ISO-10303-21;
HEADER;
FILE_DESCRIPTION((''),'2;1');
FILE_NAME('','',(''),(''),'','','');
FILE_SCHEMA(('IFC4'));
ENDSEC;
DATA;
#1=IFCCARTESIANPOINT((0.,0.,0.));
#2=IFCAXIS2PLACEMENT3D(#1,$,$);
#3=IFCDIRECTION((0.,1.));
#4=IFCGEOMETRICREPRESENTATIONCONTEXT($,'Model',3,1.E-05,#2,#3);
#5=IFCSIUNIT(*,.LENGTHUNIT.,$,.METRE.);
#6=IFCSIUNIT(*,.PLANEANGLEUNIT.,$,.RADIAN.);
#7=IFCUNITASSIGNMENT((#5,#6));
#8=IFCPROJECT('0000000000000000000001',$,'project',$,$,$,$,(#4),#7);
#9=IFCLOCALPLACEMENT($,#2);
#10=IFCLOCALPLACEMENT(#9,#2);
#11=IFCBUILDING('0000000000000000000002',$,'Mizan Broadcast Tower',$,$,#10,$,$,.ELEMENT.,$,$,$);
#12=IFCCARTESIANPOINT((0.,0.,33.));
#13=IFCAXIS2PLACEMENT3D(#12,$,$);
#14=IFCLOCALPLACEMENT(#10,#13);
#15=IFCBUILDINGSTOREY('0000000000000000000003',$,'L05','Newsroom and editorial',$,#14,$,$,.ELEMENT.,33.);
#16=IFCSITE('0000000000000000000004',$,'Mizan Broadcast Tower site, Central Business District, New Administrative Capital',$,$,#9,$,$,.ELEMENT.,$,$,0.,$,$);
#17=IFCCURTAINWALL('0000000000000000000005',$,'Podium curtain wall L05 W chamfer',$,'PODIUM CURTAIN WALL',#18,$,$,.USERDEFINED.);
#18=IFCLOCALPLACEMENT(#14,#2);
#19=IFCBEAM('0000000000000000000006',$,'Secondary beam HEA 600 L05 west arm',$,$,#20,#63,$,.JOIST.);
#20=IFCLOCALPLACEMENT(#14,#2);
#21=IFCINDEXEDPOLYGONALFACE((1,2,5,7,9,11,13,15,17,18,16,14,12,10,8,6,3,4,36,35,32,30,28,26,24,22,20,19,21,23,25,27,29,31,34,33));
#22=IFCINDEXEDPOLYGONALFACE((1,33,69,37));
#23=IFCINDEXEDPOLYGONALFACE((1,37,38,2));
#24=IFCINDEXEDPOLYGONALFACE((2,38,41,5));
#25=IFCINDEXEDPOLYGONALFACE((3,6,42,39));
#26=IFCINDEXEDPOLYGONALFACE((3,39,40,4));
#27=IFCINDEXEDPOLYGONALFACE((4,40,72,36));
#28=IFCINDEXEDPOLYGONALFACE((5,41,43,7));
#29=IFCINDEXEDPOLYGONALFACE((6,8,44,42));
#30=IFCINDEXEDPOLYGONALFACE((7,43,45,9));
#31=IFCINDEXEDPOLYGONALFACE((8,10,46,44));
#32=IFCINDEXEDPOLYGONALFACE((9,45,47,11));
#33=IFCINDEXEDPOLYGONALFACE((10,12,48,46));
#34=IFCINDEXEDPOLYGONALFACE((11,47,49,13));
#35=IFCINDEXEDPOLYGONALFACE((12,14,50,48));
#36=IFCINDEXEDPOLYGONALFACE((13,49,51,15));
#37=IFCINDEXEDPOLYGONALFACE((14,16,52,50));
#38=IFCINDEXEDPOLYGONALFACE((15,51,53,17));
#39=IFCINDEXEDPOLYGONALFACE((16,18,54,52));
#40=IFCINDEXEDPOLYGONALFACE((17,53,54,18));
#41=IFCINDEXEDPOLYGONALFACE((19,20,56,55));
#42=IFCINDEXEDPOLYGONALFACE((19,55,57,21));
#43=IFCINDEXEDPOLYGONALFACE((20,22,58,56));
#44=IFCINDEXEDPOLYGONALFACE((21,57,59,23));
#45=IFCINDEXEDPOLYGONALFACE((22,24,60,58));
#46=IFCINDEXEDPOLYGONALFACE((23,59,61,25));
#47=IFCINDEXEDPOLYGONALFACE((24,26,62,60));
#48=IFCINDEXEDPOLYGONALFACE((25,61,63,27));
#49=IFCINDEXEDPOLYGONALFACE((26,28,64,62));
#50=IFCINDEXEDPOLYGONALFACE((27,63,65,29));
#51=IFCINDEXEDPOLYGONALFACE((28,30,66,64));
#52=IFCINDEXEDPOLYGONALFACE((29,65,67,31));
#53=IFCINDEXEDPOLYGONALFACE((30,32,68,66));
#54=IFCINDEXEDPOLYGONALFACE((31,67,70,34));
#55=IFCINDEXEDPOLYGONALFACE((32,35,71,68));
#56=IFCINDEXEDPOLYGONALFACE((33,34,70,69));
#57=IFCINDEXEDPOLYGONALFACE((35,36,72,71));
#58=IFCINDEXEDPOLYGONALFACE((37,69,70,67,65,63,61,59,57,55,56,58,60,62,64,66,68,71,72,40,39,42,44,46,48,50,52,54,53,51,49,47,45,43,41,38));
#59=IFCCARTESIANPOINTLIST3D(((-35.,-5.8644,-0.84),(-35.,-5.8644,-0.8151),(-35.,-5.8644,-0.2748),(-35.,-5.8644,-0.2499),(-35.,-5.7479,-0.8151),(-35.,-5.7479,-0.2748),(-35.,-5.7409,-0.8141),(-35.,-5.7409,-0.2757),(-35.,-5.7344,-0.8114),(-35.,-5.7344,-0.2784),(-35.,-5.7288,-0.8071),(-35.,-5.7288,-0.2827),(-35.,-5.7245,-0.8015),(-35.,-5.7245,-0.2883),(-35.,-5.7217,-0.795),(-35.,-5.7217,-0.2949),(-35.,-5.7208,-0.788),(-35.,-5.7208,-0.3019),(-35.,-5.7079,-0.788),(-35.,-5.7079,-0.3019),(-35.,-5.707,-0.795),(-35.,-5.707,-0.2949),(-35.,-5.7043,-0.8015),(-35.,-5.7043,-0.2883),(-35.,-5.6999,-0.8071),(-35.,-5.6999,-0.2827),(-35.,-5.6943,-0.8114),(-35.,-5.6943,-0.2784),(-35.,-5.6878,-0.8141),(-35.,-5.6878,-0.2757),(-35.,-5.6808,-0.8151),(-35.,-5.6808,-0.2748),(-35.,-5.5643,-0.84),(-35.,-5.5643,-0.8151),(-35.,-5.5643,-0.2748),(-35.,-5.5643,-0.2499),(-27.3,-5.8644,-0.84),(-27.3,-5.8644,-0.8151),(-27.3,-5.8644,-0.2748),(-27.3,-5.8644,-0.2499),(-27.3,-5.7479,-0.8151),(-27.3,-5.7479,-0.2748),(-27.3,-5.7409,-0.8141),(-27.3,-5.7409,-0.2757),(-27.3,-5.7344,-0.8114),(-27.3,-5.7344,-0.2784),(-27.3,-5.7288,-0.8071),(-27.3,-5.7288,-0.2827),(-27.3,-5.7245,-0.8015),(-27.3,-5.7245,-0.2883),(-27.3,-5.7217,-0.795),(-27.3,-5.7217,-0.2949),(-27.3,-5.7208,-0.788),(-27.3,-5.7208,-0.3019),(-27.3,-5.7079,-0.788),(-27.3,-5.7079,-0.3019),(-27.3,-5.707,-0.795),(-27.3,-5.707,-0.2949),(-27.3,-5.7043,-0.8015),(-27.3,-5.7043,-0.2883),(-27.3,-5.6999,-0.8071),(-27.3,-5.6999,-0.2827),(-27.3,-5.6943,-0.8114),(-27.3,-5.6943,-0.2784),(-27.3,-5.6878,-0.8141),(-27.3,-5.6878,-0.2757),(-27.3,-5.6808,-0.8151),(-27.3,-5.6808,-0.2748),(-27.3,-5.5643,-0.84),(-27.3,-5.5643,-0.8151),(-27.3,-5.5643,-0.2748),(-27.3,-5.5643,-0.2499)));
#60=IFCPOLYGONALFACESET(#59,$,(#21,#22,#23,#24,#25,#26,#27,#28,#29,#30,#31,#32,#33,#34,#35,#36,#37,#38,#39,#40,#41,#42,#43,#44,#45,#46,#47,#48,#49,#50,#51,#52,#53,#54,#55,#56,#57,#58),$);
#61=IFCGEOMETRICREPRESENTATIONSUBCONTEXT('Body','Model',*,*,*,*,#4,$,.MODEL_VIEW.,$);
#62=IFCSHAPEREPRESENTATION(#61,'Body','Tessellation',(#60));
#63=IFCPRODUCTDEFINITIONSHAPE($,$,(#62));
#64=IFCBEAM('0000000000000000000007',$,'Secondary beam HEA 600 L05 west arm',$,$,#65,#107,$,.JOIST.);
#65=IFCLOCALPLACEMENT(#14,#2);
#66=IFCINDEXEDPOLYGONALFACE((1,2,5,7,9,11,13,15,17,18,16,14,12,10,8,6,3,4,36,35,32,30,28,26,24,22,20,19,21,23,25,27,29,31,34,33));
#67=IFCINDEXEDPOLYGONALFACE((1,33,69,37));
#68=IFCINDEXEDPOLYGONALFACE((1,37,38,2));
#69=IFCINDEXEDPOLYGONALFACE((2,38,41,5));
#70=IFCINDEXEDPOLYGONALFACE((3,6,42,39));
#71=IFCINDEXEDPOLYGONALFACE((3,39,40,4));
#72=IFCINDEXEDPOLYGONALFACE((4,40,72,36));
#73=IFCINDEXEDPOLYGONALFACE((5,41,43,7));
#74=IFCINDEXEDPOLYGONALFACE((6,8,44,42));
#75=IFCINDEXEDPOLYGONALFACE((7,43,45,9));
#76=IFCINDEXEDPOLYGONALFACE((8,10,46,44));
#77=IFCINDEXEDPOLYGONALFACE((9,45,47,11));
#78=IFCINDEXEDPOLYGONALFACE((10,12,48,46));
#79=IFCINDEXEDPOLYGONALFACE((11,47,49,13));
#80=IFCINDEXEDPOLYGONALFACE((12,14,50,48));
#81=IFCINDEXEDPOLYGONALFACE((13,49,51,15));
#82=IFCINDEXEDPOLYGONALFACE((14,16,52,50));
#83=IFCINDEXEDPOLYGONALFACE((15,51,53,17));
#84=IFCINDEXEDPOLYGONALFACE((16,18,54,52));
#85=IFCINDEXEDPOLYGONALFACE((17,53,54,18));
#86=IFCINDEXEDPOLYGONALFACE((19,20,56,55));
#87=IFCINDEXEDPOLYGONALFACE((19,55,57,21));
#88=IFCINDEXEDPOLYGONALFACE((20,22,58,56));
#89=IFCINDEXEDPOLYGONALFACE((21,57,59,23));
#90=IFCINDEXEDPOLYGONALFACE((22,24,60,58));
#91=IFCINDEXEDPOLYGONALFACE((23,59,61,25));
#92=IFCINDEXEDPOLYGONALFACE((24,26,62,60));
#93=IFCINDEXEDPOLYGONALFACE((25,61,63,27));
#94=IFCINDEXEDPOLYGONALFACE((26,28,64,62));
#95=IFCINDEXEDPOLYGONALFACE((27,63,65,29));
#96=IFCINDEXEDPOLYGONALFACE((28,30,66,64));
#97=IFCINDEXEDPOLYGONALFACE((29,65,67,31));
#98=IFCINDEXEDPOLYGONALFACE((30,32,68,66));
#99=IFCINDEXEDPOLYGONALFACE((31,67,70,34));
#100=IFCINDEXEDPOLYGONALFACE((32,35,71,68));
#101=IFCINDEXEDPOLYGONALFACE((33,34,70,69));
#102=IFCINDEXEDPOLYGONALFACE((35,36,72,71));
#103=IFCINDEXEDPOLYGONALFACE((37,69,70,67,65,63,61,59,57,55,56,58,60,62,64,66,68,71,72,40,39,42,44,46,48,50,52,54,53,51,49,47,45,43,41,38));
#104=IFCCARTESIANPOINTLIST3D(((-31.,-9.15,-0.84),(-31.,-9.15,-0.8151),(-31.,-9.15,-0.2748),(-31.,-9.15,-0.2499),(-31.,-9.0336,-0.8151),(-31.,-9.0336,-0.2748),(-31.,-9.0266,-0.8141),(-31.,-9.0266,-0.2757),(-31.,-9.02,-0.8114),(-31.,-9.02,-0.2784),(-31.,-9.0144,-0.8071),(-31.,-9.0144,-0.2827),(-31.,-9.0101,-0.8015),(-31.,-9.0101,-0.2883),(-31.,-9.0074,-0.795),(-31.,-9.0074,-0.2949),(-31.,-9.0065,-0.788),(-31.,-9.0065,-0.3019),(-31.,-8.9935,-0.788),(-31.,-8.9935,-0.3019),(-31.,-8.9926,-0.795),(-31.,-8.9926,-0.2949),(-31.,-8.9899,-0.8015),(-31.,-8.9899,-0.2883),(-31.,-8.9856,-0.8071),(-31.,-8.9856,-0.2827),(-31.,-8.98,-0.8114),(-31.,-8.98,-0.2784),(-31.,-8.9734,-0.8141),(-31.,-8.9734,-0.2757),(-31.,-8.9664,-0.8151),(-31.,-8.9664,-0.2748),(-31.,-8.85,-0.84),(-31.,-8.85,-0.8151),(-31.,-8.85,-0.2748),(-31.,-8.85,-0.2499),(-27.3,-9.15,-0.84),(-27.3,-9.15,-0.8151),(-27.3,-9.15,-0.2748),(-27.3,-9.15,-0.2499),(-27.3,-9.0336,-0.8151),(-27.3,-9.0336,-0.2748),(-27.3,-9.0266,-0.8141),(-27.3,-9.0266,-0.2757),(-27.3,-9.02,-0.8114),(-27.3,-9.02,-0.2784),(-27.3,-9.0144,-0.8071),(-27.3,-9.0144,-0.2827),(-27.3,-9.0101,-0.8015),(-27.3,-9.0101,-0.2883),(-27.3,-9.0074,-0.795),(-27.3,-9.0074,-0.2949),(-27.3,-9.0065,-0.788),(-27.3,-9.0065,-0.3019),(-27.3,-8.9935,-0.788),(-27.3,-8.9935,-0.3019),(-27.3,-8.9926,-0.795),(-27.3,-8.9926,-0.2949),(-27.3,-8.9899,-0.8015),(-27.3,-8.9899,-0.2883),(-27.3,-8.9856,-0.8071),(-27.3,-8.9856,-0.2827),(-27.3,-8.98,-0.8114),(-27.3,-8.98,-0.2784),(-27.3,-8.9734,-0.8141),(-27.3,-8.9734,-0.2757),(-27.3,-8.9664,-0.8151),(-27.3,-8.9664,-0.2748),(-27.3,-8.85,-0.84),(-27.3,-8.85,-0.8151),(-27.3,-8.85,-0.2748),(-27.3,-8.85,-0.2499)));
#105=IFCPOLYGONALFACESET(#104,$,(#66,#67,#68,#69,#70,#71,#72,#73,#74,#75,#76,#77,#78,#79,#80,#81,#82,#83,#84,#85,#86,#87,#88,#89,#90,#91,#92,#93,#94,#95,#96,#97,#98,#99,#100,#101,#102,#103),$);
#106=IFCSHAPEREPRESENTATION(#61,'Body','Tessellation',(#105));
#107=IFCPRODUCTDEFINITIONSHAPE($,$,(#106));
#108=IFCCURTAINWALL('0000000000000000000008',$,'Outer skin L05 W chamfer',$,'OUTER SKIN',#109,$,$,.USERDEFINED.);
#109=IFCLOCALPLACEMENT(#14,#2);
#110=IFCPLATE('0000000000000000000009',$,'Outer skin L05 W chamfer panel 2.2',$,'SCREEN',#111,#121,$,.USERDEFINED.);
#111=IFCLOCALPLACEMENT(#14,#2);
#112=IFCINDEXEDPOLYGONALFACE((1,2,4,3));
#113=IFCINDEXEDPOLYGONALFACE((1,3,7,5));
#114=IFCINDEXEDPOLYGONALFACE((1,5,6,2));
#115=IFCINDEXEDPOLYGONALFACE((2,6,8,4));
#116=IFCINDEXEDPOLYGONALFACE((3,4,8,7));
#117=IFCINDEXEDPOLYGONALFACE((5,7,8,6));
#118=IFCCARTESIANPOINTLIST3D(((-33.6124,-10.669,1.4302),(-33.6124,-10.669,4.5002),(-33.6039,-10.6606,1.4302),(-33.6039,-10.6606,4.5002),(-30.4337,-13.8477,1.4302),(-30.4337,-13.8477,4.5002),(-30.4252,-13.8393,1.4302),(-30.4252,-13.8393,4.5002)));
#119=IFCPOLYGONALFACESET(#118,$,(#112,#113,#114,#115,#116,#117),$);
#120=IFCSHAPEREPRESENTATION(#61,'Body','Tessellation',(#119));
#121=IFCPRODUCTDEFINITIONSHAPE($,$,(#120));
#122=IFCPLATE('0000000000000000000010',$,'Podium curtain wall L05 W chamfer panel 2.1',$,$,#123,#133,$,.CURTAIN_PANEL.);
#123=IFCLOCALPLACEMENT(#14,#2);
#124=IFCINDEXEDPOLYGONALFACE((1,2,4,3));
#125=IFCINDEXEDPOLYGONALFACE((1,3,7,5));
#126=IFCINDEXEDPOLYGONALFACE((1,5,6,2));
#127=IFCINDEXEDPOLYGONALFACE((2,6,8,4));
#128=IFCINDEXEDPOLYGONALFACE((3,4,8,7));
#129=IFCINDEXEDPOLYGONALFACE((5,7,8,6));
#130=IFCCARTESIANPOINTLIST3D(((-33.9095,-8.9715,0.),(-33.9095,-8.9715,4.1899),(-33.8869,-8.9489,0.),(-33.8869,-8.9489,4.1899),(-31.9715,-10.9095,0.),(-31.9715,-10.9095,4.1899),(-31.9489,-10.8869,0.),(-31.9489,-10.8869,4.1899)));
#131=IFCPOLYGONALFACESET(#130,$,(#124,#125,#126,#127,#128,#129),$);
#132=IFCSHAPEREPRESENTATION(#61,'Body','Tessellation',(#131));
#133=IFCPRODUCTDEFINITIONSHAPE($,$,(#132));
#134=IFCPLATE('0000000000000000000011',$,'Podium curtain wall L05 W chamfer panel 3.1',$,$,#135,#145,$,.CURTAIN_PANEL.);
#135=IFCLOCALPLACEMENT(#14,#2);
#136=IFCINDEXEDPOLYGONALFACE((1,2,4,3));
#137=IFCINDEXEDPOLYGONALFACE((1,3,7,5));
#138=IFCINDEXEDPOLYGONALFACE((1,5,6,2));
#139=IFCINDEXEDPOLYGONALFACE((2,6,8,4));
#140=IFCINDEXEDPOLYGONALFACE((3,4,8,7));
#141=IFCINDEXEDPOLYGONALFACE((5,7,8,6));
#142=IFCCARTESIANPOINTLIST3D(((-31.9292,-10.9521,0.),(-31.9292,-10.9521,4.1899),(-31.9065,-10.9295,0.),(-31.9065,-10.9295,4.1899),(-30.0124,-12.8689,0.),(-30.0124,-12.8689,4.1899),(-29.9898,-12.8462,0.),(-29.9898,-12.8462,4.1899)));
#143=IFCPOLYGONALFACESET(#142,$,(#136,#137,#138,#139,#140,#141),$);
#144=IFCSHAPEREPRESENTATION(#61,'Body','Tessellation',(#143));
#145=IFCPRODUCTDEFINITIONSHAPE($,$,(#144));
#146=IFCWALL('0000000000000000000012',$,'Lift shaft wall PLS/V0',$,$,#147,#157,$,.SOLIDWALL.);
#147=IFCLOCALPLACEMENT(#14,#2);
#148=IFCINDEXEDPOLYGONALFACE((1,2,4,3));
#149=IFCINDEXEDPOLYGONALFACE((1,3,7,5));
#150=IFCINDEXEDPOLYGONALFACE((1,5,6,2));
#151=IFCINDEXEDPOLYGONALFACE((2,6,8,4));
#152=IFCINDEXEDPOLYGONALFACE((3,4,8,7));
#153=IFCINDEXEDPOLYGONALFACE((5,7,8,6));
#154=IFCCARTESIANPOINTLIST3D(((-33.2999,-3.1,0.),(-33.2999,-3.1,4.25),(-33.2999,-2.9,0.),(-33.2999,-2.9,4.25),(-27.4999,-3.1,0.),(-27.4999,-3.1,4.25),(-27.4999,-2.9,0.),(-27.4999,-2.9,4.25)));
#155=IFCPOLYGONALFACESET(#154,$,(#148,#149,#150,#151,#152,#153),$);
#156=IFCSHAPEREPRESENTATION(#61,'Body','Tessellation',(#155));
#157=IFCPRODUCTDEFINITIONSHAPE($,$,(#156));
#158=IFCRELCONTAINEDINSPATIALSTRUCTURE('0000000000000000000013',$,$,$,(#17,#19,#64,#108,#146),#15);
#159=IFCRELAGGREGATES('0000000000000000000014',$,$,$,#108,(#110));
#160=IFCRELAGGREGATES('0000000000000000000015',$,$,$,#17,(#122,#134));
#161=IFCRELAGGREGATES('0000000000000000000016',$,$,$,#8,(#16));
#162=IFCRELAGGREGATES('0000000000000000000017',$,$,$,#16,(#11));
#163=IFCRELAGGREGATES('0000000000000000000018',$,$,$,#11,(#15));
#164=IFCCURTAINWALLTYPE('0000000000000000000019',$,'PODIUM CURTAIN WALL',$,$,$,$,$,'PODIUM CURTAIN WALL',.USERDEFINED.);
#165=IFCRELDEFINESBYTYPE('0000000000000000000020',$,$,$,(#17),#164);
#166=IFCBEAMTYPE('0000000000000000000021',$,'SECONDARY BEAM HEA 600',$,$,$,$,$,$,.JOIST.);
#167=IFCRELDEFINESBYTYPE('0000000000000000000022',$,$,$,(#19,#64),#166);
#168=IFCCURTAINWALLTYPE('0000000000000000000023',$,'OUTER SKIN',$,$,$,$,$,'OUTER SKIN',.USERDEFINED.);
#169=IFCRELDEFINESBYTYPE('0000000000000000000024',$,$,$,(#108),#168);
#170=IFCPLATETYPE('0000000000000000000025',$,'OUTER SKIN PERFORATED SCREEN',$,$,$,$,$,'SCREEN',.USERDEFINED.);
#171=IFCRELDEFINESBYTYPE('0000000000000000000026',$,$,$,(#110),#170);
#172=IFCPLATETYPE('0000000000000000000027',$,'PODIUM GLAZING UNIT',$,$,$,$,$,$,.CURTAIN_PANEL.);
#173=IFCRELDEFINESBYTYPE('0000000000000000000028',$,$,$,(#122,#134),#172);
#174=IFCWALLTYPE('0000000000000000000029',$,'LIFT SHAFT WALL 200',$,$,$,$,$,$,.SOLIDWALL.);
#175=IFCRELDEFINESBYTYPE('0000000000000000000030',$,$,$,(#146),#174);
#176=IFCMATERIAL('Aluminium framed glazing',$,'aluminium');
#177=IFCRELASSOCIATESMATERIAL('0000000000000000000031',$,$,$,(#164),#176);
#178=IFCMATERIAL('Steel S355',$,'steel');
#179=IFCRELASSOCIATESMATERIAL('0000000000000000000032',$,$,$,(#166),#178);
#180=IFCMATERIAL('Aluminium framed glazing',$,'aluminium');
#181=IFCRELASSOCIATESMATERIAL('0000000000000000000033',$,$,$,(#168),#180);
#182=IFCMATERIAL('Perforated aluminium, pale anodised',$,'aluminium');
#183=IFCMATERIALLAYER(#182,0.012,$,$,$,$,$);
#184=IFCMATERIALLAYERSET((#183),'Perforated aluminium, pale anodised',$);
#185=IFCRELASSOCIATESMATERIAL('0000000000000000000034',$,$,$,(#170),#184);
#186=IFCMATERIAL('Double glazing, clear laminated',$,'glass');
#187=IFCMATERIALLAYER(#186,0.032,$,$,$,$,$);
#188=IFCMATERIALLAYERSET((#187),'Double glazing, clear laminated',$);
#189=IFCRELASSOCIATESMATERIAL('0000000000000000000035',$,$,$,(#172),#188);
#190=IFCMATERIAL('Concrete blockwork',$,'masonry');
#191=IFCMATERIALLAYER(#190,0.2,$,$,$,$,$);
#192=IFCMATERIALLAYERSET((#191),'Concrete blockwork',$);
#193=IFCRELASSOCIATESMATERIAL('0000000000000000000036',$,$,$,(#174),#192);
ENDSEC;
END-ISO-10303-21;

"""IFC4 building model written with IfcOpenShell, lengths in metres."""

from ifc_helpers import new_model, si_unit, direction, frame, frame_2d, origin, origin_2d, place, context, subcontext, project, spatial, rectangle, i_section, extrude, material, layer, layer_set, material_profile, profile_set, type_object, element, aggregate, save


model = new_model("IFC4")

# Units and contexts
model_context = context("Model", 3, precision=1e-05, world=origin(), true_north=direction((0.0, 1.0)))
body_context = subcontext(model_context, "Body", "Model", "MODEL_VIEW")
ifc_project = project(units=[si_unit("LENGTHUNIT", "METRE"), si_unit("PLANEANGLEUNIT", "RADIAN")], contexts=[model_context])

# Site, building, storey
site_placement = place(None, origin())
site = spatial("IfcSite", under=ifc_project, at=site_placement, Name="Mizan Broadcast Tower site, Central Business District, New Administrative Capital", CompositionType="ELEMENT", RefElevation=0.0)
building_placement = place(site_placement, origin())
building = spatial("IfcBuilding", under=site, at=building_placement, Name="Mizan Broadcast Tower", CompositionType="ELEMENT")
storey_placement = place(building_placement, frame((0.0, 0.0, 33.0)))
storey = spatial("IfcBuildingStorey", under=building, at=storey_placement, Name="L05", Description="Newsroom and editorial", CompositionType="ELEMENT", Elevation=33.0)

# Curtain wall
ifc_material_1 = material(Name="Aluminium framed glazing", Category="aluminium")
curtain_wall_type_1 = type_object("IfcCurtainWallType", Name="PODIUM CURTAIN WALL", ElementType="PODIUM CURTAIN WALL", PredefinedType="USERDEFINED", material=ifc_material_1)
curtain_wall_1_placement = place(storey_placement, origin())
curtain_wall_1 = element("IfcCurtainWall", 1, at=curtain_wall_1_placement, inside=storey, type_object=curtain_wall_type_1, Name="Podium curtain wall L05 W chamfer", ObjectType="PODIUM CURTAIN WALL", PredefinedType="USERDEFINED")

# Beams
ifc_material_2 = material(Name="Steel S355", Category="steel")
ifc_material_profile_1 = material_profile(ifc_material_2, i_section(OverallWidth=0.3, OverallDepth=0.5901, WebThickness=0.0129, FlangeThickness=0.0249, FilletRadius=0.0271, at=origin_2d()), Name="HEA 600")
ifc_profile_set_1 = profile_set([ifc_material_profile_1], Name="Steel S355")
beam_type_1 = type_object("IfcBeamType", Name="SECONDARY BEAM HEA 600", PredefinedType="JOIST", material=ifc_profile_set_1)
beam_1_placement = place(storey_placement, frame((-27.3, -5.7144, -0.5449), z_axis=(-1.0, 0.0, 0.0), x_axis=(0.0, -1.0, 0.0)))
element("IfcBeam", 2, at=beam_1_placement, inside=storey, type_object=beam_type_1, Name="Secondary beam HEA 600 L05 west arm", PredefinedType="JOIST", context=body_context, shape_type="SweptSolid", body=[
    extrude(i_section(OverallWidth=0.3, OverallDepth=0.5901, WebThickness=0.0129, FlangeThickness=0.0249, FilletRadius=0.0271, at=origin_2d()), origin(), (0.0, 0.0, 1.0), 7.7),
])
beam_2_placement = place(storey_placement, frame((-27.3, -9.0, -0.5449), z_axis=(-1.0, 0.0, 0.0), x_axis=(0.0, -1.0, 0.0)))
element("IfcBeam", 3, at=beam_2_placement, inside=storey, type_object=beam_type_1, Name="Secondary beam HEA 600 L05 west arm", PredefinedType="JOIST", context=body_context, shape_type="SweptSolid", body=[
    extrude(i_section(OverallWidth=0.3, OverallDepth=0.5901, WebThickness=0.0129, FlangeThickness=0.0249, FilletRadius=0.0271, at=origin_2d()), origin(), (0.0, 0.0, 1.0), 3.7),
])

# Curtain wall, plate
ifc_material_3 = material(Name="Aluminium framed glazing", Category="aluminium")
curtain_wall_type_2 = type_object("IfcCurtainWallType", Name="OUTER SKIN", ElementType="OUTER SKIN", PredefinedType="USERDEFINED", material=ifc_material_3)
curtain_wall_2_placement = place(storey_placement, origin())
curtain_wall_2 = element("IfcCurtainWall", 4, at=curtain_wall_2_placement, inside=storey, type_object=curtain_wall_type_2, Name="Outer skin L05 W chamfer", ObjectType="OUTER SKIN", PredefinedType="USERDEFINED")
ifc_material_4 = material(Name="Perforated aluminium, pale anodised", Category="aluminium")
ifc_layer_1 = layer(ifc_material_4, 0.012)
ifc_layer_set_1 = layer_set([ifc_layer_1], Name="Perforated aluminium, pale anodised")
plate_type_1 = type_object("IfcPlateType", Name="OUTER SKIN PERFORATED SCREEN", ElementType="SCREEN", PredefinedType="USERDEFINED", material=ifc_layer_set_1)
plate_1_placement = place(storey_placement, frame((-32.0188, -12.2542, 1.4302), z_axis=(0.0, 0.0, 1.0), x_axis=(0.707107, -0.707107, 0.0)))
plate_1 = element("IfcPlate", 5, at=plate_1_placement, type_object=plate_type_1, Name="Outer skin L05 W chamfer panel 2.2", ObjectType="SCREEN", PredefinedType="USERDEFINED", context=body_context, shape_type="SweptSolid", body=[
    extrude(rectangle(XDim=4.4954, YDim=0.012, at=origin_2d()), origin(), (0.0, 0.0, 1.0), 3.0701),
])
aggregate(curtain_wall_2, [plate_1])

# Plates
ifc_material_5 = material(Name="Double glazing, clear laminated", Category="glass")
ifc_layer_2 = layer(ifc_material_5, 0.032)
ifc_layer_set_2 = layer_set([ifc_layer_2], Name="Double glazing, clear laminated")
plate_type_2 = type_object("IfcPlateType", Name="PODIUM GLAZING UNIT", PredefinedType="CURTAIN_PANEL", material=ifc_layer_set_2)
plate_2_placement = place(storey_placement, frame((-32.9292, -9.9292, 0.0), z_axis=(0.0, 0.0, 1.0), x_axis=(0.707107, -0.707107, 0.0)))
plate_2 = element("IfcPlate", 6, at=plate_2_placement, type_object=plate_type_2, Name="Podium curtain wall L05 W chamfer panel 2.1", PredefinedType="CURTAIN_PANEL", context=body_context, shape_type="SweptSolid", body=[
    extrude(rectangle(XDim=2.7407, YDim=0.032, at=origin_2d()), origin(), (0.0, 0.0, 1.0), 4.1899),
])
plate_3_placement = place(storey_placement, frame((-30.9595, -11.8992, 0.0), z_axis=(0.0, 0.0, 1.0), x_axis=(0.707107, -0.707107, 0.0)))
plate_3 = element("IfcPlate", 7, at=plate_3_placement, type_object=plate_type_2, Name="Podium curtain wall L05 W chamfer panel 3.1", PredefinedType="CURTAIN_PANEL", context=body_context, shape_type="SweptSolid", body=[
    extrude(rectangle(XDim=2.7107, YDim=0.032, at=origin_2d()), origin(), (0.0, 0.0, 1.0), 4.1899),
])
aggregate(curtain_wall_1, [plate_2, plate_3])

# Wall
ifc_material_6 = material(Name="Concrete blockwork", Category="masonry")
ifc_layer_3 = layer(ifc_material_6, 0.2)
ifc_layer_set_3 = layer_set([ifc_layer_3], Name="Concrete blockwork")
wall_type_1 = type_object("IfcWallType", Name="LIFT SHAFT WALL 200", PredefinedType="SOLIDWALL", material=ifc_layer_set_3)
wall_1_placement = place(storey_placement, frame((-27.5, -3.0, 0.0), z_axis=(0.0, 0.0, 1.0), x_axis=(-1.0, 0.0, 0.0)))
element("IfcWall", 8, at=wall_1_placement, inside=storey, type_object=wall_type_1, Name="Lift shaft wall PLS/V0", PredefinedType="SOLIDWALL", context=body_context, shape_type="SweptSolid", body=[
    extrude(rectangle(XDim=5.8, YDim=0.2, at=frame_2d((2.8999, 0.0))), origin(), (0.0, 0.0, 1.0), 4.25),
])

save(model, "model.ifc")
